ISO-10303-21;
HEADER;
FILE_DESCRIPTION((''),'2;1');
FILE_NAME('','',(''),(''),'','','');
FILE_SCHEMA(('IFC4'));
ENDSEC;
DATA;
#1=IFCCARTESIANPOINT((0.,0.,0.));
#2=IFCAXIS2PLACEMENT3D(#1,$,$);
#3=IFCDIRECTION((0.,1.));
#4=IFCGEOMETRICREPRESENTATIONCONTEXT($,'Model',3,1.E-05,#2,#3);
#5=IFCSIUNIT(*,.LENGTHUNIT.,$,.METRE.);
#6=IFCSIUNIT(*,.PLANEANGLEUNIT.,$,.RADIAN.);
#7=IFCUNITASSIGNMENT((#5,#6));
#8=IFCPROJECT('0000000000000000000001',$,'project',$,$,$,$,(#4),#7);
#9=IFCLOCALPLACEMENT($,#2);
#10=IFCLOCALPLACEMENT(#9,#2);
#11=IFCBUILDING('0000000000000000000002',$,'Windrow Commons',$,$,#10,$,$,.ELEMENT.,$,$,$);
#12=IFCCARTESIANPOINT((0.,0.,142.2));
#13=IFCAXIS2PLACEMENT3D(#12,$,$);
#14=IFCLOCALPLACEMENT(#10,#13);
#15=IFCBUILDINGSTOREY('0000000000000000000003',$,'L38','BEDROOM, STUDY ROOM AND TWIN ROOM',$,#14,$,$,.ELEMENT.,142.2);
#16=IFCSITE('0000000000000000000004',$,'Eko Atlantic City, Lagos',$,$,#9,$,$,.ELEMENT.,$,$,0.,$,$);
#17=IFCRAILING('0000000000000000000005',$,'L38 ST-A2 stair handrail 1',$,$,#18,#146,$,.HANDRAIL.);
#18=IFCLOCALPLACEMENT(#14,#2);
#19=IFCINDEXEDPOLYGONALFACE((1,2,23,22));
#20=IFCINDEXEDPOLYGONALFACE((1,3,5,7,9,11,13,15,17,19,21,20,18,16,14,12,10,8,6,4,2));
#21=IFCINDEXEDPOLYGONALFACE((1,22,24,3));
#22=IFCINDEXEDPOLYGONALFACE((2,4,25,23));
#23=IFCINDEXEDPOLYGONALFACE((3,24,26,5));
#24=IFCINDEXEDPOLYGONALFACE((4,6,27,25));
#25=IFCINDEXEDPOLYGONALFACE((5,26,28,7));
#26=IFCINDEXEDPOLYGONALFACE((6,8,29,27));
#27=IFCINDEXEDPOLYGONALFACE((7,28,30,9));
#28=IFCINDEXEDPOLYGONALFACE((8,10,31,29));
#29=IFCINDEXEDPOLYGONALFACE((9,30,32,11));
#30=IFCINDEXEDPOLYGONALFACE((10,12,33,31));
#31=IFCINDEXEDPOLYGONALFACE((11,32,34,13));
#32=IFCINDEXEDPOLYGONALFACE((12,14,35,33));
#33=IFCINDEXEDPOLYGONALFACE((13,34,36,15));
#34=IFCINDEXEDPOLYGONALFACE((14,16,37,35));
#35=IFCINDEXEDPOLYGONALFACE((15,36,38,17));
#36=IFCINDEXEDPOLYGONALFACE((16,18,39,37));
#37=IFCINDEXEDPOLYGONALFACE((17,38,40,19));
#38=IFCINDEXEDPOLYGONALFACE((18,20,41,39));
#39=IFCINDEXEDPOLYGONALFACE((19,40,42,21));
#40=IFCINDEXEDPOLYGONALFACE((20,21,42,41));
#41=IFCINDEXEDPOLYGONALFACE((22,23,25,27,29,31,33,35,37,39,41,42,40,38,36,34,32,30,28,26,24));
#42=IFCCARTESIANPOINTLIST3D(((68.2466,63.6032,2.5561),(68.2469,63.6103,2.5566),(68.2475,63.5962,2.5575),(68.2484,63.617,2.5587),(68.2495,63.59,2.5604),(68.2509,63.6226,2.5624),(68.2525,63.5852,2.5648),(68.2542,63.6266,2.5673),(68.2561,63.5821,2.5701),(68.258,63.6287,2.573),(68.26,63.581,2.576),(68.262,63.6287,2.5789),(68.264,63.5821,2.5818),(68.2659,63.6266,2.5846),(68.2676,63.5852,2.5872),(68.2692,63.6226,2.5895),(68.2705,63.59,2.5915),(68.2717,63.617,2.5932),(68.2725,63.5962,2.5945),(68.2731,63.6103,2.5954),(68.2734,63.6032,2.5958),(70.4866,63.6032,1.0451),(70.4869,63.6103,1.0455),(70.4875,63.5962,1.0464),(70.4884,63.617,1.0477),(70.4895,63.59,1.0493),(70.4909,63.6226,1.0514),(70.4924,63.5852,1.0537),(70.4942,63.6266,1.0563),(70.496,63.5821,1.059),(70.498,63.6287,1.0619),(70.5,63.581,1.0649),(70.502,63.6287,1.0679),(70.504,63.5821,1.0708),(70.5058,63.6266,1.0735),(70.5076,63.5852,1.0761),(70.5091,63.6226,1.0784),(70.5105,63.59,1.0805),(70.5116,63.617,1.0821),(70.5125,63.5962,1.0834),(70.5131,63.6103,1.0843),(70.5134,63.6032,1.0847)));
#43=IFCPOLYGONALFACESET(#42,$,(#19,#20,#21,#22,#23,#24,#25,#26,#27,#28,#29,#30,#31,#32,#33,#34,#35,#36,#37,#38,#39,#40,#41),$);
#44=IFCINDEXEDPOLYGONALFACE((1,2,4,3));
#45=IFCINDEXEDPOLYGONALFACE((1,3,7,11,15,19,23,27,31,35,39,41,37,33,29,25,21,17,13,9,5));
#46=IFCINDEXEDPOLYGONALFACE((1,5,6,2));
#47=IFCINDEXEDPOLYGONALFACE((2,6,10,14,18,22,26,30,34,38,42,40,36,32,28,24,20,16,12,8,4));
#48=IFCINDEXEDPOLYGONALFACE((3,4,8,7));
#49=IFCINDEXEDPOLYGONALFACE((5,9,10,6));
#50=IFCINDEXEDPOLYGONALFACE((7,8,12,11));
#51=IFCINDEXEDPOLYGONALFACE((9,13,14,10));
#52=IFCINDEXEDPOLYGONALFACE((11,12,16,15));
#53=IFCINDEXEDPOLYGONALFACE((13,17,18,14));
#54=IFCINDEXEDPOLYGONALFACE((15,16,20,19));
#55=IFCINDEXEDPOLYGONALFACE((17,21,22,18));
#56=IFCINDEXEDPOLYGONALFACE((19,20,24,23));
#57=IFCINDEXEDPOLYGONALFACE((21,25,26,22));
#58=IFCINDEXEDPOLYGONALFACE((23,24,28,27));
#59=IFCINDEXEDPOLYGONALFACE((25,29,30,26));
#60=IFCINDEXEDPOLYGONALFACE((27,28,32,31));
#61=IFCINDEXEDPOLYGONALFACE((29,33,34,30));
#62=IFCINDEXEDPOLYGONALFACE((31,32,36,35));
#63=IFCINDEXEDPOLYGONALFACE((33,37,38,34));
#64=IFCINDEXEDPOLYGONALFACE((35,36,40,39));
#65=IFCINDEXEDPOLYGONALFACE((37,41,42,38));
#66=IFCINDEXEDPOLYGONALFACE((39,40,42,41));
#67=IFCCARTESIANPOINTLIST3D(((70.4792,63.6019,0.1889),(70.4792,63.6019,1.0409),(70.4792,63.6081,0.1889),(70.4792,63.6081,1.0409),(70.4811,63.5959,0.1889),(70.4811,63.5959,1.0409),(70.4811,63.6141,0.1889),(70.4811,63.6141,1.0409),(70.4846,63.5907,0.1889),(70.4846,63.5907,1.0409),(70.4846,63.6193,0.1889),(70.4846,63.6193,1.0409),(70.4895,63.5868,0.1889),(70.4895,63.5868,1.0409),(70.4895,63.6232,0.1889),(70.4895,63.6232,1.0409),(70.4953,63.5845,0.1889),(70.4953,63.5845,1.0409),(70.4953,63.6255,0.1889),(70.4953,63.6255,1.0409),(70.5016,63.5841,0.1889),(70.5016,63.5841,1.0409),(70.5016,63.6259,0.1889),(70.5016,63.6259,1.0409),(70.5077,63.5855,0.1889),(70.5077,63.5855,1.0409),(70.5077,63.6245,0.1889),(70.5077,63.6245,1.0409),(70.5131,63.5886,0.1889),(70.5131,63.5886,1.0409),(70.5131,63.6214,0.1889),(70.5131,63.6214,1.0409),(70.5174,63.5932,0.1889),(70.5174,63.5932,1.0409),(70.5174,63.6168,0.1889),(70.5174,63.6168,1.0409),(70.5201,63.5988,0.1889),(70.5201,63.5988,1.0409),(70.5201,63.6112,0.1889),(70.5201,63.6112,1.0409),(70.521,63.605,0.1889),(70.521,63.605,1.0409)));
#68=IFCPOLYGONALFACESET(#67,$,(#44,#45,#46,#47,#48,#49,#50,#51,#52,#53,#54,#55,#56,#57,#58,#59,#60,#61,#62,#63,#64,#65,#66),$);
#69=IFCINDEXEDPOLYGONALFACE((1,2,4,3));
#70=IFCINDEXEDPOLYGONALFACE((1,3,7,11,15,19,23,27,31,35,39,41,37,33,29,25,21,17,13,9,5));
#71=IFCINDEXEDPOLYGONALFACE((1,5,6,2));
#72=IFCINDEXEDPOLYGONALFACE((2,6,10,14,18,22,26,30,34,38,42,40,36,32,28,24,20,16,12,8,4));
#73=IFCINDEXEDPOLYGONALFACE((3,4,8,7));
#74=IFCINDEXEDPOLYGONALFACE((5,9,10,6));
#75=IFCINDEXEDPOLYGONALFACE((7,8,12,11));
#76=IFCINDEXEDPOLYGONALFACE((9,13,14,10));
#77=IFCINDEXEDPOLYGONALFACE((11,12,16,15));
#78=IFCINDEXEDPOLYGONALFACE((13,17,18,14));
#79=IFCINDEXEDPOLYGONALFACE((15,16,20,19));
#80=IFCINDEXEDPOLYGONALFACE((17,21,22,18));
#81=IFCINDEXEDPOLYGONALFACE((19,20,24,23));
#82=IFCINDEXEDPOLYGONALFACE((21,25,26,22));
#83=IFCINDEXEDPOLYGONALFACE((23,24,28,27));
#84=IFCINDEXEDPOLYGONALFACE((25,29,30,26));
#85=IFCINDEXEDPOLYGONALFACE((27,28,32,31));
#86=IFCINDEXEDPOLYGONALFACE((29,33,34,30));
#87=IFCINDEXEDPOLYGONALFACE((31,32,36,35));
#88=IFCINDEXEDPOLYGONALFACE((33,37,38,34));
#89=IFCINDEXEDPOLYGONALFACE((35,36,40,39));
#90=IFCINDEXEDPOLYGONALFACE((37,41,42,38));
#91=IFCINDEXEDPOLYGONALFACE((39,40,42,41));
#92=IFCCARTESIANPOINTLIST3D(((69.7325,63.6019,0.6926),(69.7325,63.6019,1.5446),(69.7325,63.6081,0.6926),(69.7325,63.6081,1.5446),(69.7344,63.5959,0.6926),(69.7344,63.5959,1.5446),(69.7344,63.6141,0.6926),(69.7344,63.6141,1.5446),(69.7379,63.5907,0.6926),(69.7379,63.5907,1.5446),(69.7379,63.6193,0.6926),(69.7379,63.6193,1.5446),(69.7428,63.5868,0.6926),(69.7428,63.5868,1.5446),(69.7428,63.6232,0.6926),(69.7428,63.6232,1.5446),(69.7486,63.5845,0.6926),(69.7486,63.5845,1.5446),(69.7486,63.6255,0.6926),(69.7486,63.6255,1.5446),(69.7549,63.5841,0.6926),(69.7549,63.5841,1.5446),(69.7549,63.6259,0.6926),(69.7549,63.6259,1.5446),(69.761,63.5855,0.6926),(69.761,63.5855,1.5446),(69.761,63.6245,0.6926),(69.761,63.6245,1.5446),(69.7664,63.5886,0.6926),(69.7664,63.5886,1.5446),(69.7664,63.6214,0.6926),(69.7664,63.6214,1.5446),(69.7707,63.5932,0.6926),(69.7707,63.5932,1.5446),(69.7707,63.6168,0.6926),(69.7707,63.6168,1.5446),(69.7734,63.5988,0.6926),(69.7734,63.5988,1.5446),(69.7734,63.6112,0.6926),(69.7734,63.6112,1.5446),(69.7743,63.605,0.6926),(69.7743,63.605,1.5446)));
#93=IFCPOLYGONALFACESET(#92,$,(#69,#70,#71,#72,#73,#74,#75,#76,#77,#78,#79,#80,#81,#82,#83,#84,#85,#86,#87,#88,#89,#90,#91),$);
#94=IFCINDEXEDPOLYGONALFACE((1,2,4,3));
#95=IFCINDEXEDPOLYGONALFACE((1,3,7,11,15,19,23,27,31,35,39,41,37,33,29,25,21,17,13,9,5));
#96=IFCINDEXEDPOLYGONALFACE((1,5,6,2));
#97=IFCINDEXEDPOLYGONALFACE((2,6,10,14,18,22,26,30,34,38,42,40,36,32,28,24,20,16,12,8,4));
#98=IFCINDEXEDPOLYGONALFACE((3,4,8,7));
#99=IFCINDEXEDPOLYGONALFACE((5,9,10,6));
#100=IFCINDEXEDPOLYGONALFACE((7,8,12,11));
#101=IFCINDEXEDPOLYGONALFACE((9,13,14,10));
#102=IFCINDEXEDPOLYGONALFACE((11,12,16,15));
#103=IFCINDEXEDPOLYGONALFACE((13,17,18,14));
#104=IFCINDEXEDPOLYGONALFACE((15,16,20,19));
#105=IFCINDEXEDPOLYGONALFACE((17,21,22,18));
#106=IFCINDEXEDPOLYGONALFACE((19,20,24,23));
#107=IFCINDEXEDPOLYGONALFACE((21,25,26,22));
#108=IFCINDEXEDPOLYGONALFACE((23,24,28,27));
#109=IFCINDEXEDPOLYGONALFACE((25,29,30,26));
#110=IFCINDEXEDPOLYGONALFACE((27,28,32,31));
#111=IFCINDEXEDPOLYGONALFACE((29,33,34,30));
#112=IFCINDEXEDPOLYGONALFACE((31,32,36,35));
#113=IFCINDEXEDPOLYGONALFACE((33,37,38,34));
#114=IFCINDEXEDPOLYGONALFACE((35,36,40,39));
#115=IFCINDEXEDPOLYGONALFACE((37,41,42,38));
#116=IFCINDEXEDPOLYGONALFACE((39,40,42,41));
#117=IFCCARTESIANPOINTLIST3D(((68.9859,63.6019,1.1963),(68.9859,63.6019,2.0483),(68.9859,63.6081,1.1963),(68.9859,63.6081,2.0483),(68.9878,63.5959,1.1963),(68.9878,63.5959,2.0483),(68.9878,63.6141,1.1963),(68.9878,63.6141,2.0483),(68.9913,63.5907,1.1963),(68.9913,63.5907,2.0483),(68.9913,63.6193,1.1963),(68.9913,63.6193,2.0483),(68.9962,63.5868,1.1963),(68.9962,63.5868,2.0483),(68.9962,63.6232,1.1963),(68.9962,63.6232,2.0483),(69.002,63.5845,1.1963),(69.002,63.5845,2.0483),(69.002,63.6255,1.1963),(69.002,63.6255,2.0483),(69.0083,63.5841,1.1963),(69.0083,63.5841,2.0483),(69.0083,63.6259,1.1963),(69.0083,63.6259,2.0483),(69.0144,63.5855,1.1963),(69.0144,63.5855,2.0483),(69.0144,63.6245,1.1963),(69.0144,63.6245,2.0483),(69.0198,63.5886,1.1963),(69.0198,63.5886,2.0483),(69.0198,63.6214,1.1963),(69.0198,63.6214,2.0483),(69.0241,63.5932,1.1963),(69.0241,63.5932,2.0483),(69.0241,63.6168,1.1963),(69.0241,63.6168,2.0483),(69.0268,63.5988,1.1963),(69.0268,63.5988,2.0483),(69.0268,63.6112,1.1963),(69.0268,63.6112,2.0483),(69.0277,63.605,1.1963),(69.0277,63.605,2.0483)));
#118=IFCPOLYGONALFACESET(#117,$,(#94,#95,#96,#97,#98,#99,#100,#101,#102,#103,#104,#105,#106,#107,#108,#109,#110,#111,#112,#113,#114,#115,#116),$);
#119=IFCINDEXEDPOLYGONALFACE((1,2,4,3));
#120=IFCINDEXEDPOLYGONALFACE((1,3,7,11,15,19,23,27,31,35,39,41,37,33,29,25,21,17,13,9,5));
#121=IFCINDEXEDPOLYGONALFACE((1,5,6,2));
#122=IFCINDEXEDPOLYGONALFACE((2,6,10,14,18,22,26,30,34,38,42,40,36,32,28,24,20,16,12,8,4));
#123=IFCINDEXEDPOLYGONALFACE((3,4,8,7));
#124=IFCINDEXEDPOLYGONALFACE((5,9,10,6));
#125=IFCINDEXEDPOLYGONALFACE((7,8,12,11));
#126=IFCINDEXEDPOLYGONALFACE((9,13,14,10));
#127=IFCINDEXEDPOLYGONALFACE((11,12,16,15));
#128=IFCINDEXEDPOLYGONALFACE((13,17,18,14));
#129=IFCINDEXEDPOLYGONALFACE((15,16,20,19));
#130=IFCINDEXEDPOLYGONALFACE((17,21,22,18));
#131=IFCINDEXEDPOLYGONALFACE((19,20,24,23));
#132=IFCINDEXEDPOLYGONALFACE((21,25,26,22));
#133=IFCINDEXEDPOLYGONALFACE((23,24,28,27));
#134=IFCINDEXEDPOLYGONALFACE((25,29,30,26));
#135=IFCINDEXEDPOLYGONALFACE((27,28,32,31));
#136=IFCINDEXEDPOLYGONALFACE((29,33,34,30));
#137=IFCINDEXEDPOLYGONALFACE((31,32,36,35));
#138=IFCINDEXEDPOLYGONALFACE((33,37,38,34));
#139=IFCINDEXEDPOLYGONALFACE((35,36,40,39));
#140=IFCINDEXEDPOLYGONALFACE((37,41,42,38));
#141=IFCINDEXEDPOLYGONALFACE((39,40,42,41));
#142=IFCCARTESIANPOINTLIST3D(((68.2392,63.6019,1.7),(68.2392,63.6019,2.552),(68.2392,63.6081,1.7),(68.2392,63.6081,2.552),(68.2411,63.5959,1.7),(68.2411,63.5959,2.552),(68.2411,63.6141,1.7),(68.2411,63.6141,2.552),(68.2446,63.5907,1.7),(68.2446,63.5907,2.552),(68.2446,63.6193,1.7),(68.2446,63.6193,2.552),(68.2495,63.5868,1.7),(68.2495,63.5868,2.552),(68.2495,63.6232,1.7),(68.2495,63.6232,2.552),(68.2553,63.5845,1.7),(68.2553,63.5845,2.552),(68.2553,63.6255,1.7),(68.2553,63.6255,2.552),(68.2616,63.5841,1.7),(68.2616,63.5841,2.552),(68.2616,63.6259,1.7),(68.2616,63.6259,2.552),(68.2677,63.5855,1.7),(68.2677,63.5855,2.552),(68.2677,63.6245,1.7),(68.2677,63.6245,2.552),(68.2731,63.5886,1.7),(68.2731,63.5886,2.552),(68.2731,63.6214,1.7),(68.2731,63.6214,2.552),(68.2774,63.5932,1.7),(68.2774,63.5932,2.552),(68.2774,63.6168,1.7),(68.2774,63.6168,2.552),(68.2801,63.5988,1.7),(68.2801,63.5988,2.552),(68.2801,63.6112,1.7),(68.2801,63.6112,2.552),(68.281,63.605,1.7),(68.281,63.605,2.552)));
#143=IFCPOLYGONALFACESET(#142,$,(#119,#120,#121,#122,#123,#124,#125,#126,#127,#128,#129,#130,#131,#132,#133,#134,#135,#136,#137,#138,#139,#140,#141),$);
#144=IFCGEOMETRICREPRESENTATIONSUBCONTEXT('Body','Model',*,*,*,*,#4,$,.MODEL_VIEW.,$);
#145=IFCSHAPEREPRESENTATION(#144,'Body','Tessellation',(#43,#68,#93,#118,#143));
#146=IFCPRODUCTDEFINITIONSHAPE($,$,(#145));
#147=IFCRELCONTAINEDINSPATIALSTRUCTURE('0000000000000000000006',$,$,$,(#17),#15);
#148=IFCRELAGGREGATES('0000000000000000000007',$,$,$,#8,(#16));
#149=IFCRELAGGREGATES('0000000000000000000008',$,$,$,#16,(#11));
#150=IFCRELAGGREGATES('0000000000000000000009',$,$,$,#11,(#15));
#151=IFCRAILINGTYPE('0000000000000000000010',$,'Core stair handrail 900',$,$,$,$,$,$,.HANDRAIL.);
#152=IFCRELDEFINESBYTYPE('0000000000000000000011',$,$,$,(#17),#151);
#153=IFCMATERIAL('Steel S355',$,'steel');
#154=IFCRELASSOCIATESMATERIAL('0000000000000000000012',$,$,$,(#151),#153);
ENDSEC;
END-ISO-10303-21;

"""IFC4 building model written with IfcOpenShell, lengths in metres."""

from ifc_helpers import new_model, si_unit, direction, frame, origin, origin_2d, place, context, subcontext, project, spatial, circle, extrude, material, type_object, element, save


model = new_model("IFC4")

# Units and contexts
model_context = context("Model", 3, precision=1e-05, world=origin(), true_north=direction((0.0, 1.0)))
body_context = subcontext(model_context, "Body", "Model", "MODEL_VIEW")
ifc_project = project(units=[si_unit("LENGTHUNIT", "METRE"), si_unit("PLANEANGLEUNIT", "RADIAN")], contexts=[model_context])

# Site, building, storey
site_placement = place(None, origin())
site = spatial("IfcSite", under=ifc_project, at=site_placement, Name="Eko Atlantic City, Lagos", CompositionType="ELEMENT", RefElevation=0.0)
building_placement = place(site_placement, origin())
building = spatial("IfcBuilding", under=site, at=building_placement, Name="Windrow Commons", CompositionType="ELEMENT")
storey_placement = place(building_placement, frame((0.0, 0.0, 142.2)))
storey = spatial("IfcBuildingStorey", under=building, at=storey_placement, Name="L38", Description="BEDROOM, STUDY ROOM AND TWIN ROOM", CompositionType="ELEMENT", Elevation=142.2)

# Railing
ifc_material_1 = material(Name="Steel S355", Category="steel")
railing_type_1 = type_object("IfcRailingType", Name="Core stair handrail 900", PredefinedType="HANDRAIL", material=ifc_material_1)
for number, where, name in (
    (1, (70.5, 63.605, 0.1889), "L38 ST-A2 stair handrail 1"),
):
    element("IfcRailing", number, at=place(storey_placement, frame(where)), inside=storey, type_object=railing_type_1, Name=name, PredefinedType="HANDRAIL", context=body_context, shape_type="SweptSolid", body=[
        extrude(circle(Radius=0.024, at=origin_2d()), frame((0.0, 0.0, 0.876), z_axis=(-0.829003, 0.0, 0.559244), x_axis=(0.0, -1.0, 0.0)), (0.0, 0.0, 1.0), 2.702),
        extrude(circle(Radius=0.021, at=origin_2d()), origin(), (0.0, 0.0, 1.0), 0.852),
        extrude(circle(Radius=0.021, at=origin_2d()), frame((-0.7467, 0.0, 0.5037)), (0.0, 0.0, 1.0), 0.852),
        extrude(circle(Radius=0.021, at=origin_2d()), frame((-1.4933, 0.0, 1.0074)), (0.0, 0.0, 1.0), 0.852),
        extrude(circle(Radius=0.021, at=origin_2d()), frame((-2.24, 0.0, 1.5111)), (0.0, 0.0, 1.0), 0.852),
    ])

save(model, "model.ifc")
